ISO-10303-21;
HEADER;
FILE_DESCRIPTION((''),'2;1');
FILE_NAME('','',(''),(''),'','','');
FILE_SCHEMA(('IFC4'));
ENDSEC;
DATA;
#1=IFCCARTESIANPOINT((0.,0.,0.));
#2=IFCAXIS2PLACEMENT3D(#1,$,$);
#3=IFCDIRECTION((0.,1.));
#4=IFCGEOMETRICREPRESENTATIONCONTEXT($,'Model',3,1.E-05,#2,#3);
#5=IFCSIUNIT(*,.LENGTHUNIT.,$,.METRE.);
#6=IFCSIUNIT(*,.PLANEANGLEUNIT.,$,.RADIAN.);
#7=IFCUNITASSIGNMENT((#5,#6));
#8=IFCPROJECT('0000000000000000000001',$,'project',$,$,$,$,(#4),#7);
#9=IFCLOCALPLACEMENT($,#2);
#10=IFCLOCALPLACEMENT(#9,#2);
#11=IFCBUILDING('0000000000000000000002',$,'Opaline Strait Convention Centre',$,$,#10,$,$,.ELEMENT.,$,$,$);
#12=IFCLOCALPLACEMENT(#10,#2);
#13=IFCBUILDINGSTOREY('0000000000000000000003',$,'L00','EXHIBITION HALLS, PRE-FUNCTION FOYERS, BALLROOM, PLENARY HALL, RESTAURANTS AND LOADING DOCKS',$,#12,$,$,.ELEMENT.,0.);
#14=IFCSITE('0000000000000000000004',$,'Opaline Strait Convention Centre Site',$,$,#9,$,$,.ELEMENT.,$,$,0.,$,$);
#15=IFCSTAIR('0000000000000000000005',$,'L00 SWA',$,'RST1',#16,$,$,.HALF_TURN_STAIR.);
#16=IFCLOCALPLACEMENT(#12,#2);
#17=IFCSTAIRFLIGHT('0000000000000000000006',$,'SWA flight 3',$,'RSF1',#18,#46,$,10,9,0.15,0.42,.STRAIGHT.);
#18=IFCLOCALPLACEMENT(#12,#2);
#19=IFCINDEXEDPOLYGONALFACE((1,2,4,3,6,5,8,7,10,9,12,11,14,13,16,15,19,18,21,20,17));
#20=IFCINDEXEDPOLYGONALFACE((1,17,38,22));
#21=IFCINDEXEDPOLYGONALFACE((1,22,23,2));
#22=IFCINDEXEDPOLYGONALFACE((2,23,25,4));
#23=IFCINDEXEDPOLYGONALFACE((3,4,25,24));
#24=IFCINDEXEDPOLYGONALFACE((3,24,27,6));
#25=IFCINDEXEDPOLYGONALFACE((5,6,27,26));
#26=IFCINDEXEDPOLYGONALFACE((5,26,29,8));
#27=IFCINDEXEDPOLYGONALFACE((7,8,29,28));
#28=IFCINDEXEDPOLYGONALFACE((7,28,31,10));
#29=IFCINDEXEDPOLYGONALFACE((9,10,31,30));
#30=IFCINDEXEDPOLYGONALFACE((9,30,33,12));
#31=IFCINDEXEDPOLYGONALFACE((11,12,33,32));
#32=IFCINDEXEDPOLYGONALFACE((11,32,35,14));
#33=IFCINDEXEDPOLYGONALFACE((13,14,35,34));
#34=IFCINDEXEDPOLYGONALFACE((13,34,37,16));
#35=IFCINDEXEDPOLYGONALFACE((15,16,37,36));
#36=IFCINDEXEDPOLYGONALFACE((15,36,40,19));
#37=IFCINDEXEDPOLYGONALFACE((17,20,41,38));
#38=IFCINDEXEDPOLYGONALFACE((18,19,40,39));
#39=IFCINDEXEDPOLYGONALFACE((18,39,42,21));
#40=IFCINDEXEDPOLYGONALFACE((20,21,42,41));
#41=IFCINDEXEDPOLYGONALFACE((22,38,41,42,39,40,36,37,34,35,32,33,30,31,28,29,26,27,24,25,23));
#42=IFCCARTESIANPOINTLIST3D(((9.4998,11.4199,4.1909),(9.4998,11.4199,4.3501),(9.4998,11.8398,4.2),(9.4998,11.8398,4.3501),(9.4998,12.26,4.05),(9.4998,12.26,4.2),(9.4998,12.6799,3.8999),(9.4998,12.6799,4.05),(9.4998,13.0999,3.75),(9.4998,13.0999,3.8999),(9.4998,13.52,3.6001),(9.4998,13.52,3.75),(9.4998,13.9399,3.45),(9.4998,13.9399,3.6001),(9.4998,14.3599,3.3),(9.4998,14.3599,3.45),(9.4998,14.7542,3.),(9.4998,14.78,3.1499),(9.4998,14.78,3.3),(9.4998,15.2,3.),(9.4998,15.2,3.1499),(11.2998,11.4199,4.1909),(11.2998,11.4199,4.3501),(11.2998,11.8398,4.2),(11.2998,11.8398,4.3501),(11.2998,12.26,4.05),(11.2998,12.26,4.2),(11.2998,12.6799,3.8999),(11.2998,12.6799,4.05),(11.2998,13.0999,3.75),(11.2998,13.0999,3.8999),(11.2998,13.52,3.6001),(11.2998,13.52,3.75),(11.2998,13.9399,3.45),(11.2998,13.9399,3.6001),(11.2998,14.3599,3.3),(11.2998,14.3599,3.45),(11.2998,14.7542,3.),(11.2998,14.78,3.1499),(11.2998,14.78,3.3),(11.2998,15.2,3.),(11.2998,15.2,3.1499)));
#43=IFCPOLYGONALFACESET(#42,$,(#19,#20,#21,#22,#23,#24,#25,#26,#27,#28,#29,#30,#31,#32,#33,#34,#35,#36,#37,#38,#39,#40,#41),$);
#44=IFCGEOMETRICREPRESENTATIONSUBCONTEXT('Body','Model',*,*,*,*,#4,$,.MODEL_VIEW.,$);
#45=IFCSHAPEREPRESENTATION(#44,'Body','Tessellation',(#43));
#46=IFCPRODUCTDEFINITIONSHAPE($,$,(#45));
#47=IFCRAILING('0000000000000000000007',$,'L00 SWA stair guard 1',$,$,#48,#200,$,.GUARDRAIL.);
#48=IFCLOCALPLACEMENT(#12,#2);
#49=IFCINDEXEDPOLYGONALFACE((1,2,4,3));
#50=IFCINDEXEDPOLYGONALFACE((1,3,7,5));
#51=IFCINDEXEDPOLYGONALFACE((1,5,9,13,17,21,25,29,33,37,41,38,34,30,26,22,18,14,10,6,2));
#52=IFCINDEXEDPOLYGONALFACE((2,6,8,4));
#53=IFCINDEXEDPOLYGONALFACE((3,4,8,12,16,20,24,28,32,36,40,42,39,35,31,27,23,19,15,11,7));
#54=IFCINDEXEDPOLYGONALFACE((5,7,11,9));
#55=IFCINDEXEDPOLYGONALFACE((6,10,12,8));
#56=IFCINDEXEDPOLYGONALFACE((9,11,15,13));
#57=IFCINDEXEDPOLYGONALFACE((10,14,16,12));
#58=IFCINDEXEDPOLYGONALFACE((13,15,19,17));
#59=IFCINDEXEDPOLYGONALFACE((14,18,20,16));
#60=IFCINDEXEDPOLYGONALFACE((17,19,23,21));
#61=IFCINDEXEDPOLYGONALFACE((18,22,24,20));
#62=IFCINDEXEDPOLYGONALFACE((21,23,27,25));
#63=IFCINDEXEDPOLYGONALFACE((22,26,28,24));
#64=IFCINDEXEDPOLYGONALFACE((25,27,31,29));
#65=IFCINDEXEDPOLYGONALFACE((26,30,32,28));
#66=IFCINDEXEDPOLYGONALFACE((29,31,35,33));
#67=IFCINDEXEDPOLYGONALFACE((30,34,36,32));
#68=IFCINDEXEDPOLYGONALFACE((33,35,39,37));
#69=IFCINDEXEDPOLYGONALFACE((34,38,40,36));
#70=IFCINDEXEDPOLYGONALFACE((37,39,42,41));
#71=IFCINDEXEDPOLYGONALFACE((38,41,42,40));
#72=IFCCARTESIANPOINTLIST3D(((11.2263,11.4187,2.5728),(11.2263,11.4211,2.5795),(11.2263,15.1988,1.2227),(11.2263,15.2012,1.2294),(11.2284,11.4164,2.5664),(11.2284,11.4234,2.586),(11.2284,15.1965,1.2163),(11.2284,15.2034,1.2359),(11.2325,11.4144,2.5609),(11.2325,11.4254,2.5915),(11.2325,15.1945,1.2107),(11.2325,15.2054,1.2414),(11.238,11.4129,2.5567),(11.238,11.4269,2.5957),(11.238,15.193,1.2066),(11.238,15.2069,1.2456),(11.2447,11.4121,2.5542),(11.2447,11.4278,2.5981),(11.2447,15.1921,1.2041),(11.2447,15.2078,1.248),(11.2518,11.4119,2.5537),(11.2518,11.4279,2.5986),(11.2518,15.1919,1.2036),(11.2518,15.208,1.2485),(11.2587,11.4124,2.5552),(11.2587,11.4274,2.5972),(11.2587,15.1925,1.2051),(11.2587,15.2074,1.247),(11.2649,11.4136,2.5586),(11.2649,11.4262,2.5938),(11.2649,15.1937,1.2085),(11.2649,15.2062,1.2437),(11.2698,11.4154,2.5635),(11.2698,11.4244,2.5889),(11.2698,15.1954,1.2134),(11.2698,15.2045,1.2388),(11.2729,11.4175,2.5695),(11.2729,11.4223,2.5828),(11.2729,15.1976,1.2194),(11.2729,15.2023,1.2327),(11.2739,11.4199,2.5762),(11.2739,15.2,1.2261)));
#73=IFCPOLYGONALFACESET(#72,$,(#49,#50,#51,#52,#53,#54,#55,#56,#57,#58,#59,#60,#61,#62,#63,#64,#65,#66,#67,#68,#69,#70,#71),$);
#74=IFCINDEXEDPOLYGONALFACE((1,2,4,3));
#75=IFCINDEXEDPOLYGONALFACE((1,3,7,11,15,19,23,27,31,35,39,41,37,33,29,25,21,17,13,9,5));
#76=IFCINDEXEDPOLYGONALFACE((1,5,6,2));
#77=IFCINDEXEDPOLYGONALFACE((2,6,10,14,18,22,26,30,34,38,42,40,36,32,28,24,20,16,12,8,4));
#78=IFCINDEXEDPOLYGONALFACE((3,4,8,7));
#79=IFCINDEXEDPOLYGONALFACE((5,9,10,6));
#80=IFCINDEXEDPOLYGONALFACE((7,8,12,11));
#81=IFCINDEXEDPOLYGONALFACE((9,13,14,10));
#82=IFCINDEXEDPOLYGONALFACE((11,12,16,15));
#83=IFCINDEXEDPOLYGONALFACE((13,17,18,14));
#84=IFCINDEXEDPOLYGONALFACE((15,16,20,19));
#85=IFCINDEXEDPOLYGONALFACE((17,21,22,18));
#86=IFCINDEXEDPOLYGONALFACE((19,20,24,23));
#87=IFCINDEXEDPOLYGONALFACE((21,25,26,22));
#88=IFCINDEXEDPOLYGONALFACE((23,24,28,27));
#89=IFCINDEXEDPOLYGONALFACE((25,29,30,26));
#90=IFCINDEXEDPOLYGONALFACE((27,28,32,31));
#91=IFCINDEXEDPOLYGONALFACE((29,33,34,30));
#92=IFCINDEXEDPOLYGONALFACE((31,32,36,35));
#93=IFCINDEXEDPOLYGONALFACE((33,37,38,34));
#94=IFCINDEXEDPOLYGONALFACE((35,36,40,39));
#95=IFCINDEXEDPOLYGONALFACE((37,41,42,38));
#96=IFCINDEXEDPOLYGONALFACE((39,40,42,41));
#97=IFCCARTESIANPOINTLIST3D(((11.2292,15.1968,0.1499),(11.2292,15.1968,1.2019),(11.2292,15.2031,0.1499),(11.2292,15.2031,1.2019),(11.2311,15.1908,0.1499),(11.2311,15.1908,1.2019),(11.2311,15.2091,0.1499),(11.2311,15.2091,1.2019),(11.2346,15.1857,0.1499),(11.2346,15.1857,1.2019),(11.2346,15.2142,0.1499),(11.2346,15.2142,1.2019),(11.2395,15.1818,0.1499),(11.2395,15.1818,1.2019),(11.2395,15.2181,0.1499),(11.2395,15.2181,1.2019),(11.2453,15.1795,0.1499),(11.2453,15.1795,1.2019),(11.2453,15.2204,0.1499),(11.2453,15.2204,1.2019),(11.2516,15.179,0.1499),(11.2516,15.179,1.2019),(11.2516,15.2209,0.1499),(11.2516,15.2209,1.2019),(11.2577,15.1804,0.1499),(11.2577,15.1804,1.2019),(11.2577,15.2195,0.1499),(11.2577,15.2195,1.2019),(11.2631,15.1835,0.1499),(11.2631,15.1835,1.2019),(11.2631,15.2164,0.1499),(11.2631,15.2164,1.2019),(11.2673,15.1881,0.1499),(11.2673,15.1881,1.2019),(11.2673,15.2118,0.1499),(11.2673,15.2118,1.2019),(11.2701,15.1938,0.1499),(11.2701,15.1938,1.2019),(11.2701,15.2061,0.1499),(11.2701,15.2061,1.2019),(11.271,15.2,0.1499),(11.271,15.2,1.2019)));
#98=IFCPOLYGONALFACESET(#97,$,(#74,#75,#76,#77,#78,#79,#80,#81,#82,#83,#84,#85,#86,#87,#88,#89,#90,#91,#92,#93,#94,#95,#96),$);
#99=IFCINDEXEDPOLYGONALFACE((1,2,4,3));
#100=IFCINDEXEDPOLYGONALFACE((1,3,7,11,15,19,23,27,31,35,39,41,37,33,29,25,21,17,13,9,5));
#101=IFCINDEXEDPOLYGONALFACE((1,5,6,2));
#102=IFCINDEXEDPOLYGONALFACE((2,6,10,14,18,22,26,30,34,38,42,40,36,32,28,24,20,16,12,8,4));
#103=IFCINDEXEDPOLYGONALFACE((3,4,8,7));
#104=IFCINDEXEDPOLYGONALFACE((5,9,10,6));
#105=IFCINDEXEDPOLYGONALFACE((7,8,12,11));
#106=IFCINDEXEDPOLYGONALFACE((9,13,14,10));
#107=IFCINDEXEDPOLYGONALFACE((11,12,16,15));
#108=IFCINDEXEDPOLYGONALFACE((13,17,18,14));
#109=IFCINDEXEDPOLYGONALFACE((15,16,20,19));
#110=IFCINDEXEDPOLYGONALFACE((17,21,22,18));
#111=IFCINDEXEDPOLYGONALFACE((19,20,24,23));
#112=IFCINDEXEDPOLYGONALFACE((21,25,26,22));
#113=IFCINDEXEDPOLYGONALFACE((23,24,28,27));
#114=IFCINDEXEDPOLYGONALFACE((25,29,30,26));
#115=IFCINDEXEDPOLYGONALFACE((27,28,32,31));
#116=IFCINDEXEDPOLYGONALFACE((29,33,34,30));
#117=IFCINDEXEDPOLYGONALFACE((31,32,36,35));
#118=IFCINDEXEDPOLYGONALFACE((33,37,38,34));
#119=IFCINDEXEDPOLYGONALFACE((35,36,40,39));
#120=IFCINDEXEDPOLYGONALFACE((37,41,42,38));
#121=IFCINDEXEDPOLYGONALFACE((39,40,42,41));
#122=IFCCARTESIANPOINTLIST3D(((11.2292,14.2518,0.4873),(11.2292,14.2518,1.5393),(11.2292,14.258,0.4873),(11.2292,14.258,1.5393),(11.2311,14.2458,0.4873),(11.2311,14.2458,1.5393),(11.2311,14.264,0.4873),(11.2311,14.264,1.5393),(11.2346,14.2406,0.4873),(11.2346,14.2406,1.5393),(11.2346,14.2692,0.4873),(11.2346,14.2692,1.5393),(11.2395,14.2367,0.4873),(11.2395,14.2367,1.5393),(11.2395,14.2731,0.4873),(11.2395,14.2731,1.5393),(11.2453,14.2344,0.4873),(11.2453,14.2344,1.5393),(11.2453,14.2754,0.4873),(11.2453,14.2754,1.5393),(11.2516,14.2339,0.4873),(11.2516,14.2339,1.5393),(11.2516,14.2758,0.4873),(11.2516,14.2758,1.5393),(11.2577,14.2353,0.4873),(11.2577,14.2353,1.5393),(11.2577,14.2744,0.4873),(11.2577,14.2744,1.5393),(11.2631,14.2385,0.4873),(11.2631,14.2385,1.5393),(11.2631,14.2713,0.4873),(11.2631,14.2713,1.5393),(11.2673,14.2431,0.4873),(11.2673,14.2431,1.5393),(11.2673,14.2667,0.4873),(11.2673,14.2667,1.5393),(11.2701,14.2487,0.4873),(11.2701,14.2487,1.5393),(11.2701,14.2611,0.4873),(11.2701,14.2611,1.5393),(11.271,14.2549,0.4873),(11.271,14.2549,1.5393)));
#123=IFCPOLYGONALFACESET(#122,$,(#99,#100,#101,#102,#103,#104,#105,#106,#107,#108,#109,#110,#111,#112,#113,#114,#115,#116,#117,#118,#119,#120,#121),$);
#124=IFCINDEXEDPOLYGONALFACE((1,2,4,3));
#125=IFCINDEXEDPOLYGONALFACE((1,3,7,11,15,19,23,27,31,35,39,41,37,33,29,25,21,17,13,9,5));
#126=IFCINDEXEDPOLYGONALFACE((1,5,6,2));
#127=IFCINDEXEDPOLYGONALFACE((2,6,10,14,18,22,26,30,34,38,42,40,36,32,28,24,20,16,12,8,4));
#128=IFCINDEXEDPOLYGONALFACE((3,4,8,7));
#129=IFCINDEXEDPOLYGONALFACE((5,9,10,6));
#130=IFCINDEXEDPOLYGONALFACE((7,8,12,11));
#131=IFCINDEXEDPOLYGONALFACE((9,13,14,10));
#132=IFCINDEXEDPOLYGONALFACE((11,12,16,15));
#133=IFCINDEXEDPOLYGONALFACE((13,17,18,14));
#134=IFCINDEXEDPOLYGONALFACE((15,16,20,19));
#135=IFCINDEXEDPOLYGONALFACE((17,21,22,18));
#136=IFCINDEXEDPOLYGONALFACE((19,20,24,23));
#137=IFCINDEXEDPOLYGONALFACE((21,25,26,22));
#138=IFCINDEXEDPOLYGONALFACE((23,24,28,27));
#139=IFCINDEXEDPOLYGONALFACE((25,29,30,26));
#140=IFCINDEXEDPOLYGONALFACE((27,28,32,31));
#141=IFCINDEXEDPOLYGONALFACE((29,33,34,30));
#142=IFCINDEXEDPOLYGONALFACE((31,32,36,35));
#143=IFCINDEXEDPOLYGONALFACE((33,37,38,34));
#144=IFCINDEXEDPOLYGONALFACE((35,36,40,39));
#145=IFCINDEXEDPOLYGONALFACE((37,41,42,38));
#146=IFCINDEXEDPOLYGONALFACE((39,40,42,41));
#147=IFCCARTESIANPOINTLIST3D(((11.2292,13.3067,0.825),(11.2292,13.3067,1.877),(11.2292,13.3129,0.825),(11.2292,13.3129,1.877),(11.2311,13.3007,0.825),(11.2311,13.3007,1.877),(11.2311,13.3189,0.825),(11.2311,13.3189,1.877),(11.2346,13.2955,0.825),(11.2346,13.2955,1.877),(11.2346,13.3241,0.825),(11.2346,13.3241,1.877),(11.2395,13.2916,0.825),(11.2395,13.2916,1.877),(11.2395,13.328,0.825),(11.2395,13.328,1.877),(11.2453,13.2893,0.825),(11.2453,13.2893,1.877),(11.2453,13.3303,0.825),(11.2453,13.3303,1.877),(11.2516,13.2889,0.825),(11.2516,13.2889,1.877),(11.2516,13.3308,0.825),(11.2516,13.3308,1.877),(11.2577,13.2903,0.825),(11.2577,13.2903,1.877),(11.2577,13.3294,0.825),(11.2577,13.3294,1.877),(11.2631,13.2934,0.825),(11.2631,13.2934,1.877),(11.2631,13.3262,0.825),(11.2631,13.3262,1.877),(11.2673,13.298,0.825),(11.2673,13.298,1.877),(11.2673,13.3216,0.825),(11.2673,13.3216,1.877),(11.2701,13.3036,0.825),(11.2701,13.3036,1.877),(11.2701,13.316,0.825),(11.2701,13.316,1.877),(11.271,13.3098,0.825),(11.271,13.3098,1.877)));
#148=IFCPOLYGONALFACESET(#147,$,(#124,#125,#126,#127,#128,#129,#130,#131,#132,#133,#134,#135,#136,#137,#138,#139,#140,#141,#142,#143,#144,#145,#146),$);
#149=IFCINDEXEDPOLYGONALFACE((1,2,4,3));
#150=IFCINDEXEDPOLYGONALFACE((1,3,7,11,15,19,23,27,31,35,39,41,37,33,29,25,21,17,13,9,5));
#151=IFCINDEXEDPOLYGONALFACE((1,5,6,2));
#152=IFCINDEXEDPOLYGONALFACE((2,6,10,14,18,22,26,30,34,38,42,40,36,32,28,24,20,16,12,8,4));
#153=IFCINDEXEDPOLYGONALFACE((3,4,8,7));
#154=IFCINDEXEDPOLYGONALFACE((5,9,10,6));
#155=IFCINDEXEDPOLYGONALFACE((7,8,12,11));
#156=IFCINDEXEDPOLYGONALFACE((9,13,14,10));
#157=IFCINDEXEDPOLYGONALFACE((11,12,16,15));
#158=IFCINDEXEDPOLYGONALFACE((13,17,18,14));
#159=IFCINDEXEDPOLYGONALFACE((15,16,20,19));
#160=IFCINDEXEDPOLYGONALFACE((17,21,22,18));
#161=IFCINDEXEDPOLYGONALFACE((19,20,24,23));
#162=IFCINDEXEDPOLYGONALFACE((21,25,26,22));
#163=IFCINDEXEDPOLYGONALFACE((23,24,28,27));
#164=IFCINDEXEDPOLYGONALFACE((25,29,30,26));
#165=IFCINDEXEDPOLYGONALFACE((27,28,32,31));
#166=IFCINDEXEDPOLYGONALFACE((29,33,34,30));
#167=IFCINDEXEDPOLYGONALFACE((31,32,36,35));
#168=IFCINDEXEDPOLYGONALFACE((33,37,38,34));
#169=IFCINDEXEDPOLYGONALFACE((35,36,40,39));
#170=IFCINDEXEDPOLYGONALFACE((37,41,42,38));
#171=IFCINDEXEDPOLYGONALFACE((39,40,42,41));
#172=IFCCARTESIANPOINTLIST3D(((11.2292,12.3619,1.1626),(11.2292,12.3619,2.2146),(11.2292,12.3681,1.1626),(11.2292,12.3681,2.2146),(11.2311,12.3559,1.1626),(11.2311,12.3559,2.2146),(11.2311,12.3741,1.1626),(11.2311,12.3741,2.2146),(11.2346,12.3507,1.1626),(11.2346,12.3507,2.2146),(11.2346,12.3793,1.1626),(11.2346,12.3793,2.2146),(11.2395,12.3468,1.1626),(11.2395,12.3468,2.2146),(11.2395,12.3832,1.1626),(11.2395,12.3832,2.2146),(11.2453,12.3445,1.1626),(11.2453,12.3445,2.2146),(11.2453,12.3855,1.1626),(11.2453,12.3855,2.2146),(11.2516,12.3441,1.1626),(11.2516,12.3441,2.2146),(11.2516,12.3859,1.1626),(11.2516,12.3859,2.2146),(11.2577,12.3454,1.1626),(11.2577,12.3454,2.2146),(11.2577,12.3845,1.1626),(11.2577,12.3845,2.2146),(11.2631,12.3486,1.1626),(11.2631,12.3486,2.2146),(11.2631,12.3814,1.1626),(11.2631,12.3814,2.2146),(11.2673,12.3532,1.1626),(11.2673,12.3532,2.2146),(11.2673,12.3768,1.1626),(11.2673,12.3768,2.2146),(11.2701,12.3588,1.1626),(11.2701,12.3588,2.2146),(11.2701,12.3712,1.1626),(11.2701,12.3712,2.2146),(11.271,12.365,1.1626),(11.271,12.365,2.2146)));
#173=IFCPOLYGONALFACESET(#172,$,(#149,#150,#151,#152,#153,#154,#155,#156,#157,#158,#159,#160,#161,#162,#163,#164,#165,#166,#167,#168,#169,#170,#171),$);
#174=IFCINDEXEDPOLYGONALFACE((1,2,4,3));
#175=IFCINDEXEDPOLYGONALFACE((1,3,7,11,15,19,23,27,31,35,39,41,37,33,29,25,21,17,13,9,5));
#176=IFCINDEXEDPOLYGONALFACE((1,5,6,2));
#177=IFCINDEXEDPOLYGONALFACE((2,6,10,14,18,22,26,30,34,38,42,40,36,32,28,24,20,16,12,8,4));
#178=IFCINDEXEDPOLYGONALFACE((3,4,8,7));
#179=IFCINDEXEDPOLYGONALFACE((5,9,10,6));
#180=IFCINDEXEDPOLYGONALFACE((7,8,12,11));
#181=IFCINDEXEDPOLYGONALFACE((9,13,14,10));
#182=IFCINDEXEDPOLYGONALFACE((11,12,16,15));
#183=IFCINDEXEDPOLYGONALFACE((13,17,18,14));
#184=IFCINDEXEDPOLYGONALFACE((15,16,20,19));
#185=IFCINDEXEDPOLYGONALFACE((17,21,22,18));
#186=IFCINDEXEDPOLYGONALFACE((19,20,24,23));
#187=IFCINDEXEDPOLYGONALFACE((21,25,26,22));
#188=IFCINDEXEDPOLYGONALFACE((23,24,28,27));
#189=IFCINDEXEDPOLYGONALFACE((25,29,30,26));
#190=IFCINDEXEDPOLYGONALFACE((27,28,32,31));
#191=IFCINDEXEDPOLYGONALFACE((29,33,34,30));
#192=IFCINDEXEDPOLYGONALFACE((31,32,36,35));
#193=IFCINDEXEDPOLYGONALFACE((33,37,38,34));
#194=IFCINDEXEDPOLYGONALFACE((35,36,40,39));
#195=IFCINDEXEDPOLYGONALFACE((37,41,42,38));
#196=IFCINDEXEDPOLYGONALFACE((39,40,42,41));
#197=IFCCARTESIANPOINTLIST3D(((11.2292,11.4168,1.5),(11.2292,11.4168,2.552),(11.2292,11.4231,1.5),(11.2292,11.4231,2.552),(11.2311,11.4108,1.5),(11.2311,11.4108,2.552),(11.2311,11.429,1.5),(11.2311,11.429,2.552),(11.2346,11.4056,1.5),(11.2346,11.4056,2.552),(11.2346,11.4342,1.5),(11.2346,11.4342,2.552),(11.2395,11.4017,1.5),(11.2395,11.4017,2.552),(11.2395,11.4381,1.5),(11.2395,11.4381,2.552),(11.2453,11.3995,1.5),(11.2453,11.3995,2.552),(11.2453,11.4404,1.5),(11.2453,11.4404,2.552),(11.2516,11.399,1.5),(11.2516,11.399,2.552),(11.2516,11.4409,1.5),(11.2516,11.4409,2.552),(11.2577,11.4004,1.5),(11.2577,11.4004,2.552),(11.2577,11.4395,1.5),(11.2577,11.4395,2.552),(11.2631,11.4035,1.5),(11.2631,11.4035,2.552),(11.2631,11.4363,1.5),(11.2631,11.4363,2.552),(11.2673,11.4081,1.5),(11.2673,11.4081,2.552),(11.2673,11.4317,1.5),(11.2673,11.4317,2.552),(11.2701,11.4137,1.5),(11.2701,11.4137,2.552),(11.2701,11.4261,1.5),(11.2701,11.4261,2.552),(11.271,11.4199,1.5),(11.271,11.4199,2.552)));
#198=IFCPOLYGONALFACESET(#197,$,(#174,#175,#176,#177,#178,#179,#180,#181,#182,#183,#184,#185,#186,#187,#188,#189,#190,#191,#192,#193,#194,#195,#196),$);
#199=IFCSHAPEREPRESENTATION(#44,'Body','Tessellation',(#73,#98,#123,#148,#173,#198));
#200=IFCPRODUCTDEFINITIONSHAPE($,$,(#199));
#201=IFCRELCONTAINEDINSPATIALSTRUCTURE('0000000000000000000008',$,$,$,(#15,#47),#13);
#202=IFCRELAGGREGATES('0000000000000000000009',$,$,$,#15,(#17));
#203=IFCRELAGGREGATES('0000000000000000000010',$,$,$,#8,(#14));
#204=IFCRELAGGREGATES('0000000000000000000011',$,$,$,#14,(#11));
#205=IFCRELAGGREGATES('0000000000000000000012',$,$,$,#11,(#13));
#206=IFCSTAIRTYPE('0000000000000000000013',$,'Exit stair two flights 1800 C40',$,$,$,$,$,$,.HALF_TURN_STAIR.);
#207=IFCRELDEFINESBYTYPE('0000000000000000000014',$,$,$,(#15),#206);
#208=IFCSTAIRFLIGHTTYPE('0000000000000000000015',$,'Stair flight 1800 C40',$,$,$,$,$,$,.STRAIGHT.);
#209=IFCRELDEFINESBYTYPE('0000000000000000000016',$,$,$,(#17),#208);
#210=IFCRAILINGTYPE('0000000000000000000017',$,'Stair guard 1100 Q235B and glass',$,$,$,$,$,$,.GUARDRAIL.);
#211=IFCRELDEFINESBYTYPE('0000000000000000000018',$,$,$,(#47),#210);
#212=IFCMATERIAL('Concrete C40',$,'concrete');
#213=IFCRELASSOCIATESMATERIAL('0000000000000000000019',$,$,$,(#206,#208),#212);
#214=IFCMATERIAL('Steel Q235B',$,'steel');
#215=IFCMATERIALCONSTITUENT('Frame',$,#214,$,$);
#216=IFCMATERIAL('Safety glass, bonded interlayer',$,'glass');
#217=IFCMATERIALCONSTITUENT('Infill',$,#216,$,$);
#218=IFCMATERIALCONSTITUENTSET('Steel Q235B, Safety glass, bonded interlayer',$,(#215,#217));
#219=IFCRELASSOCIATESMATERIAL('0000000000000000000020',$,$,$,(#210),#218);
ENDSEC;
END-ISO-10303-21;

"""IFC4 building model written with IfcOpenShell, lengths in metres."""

from ifc_helpers import new_model, si_unit, direction, frame, origin, origin_2d, place, context, subcontext, project, spatial, polyline, circle, outline, extrude, material, constituent, constituent_set, type_object, element, aggregate, save


model = new_model("IFC4")

# Units and contexts
model_context = context("Model", 3, precision=1e-05, world=origin(), true_north=direction((0.0, 1.0)))
body_context = subcontext(model_context, "Body", "Model", "MODEL_VIEW")
ifc_project = project(units=[si_unit("LENGTHUNIT", "METRE"), si_unit("PLANEANGLEUNIT", "RADIAN")], contexts=[model_context])

# Site, building, storey
site_placement = place(None, origin())
site = spatial("IfcSite", under=ifc_project, at=site_placement, Name="Opaline Strait Convention Centre Site", CompositionType="ELEMENT", RefElevation=0.0)
building_placement = place(site_placement, origin())
building = spatial("IfcBuilding", under=site, at=building_placement, Name="Opaline Strait Convention Centre", CompositionType="ELEMENT")
storey_placement = place(building_placement, origin())
storey = spatial("IfcBuildingStorey", under=building, at=storey_placement, Name="L00", Description="EXHIBITION HALLS, PRE-FUNCTION FOYERS, BALLROOM, PLENARY HALL, RESTAURANTS AND LOADING DOCKS", CompositionType="ELEMENT", Elevation=0.0)

# Shared definitions
ifc_material_1 = material(Name="Concrete C40", Category="concrete")

# Stair, stair flight
stair_type = type_object("IfcStairType", Name="Exit stair two flights 1800 C40", PredefinedType="HALF_TURN_STAIR", material=ifc_material_1)
stair_placement = place(storey_placement, origin())
stair = element("IfcStair", 1, at=stair_placement, inside=storey, type_object=stair_type, Name="L00 SWA", ObjectType="RST1", PredefinedType="HALF_TURN_STAIR")
stair_flight_type = type_object("IfcStairFlightType", Name="Stair flight 1800 C40", PredefinedType="STRAIGHT", material=ifc_material_1)
stair_flight_1_placement = place(storey_placement, frame((10.3999, 15.2, 3.0), z_axis=(0.0, 0.0, 1.0), x_axis=(0.0, -1.0, 0.0)))
stair_flight_1 = element("IfcStairFlight", 2, at=stair_flight_1_placement, type_object=stair_flight_type, Name="SWA flight 3", ObjectType="RSF1", NumberOfRisers=10, NumberOfTreads=9, PredefinedType="STRAIGHT", RiserHeight=0.15, TreadLength=0.42, context=body_context, shape_type="SweptSolid", body=[
    extrude(outline(polyline([(0.0, 0.0), (0.0, 0.1499), (0.4199, 0.1499), (0.4199, 0.3), (0.8401, 0.3), (0.8401, 0.45), (1.26, 0.45), (1.26, 0.6001), (1.6799, 0.6001), (1.6799, 0.75), (2.1001, 0.75), (2.1001, 0.8999), (2.52, 0.8999), (2.52, 1.05), (2.9399, 1.05), (2.9399, 1.2), (3.3601, 1.2), (3.3601, 1.3501), (3.78, 1.3501), (3.78, 1.5), (3.78, 1.1909), (0.4458, 0.0), (0.0, 0.0)])), frame((0.0, 0.8999, 0.0), z_axis=(0.0, -1.0, 0.0), x_axis=(1.0, 0.0, 0.0)), (0.0, 0.0, 1.0), 1.8),
])
aggregate(stair, [stair_flight_1])

# Railing
ifc_material_2 = material(Name="Steel Q235B", Category="steel")
ifc_constituent_1 = constituent(ifc_material_2, Name="Frame")
ifc_material_3 = material(Name="Safety glass, bonded interlayer", Category="glass")
ifc_constituent_2 = constituent(ifc_material_3, Name="Infill")
ifc_constituent_set = constituent_set(constituents=[ifc_constituent_1, ifc_constituent_2], Name="Steel Q235B, Safety glass, bonded interlayer")
railing_type_1 = type_object("IfcRailingType", Name="Stair guard 1100 Q235B and glass", PredefinedType="GUARDRAIL", material=ifc_constituent_set)
railing_1_placement = place(storey_placement, frame((11.25, 15.2, 0.1499)))
element("IfcRailing", 3, at=railing_1_placement, inside=storey, type_object=railing_type_1, Name="L00 SWA stair guard 1", PredefinedType="GUARDRAIL", context=body_context, shape_type="SweptSolid", body=[
    extrude(circle(Radius=0.0239, at=origin_2d()), frame((0.0, 0.0, 1.0762), z_axis=(0.0, -0.941735, 0.336356), x_axis=(1.0, 0.0, 0.0)), (0.0, 0.0, 1.0), 4.0139),
    extrude(circle(Radius=0.021, at=origin_2d()), origin(), (0.0, 0.0, 1.0), 1.052),
    extrude(circle(Radius=0.021, at=origin_2d()), frame((0.0, -0.9451, 0.3374)), (0.0, 0.0, 1.0), 1.052),
    extrude(circle(Radius=0.021, at=origin_2d()), frame((0.0, -1.8901, 0.675)), (0.0, 0.0, 1.0), 1.052),
    extrude(circle(Radius=0.021, at=origin_2d()), frame((0.0, -2.835, 1.0127)), (0.0, 0.0, 1.0), 1.052),
    extrude(circle(Radius=0.021, at=origin_2d()), frame((0.0, -3.78, 1.3501)), (0.0, 0.0, 1.0), 1.052),
])

save(model, "model.ifc")
